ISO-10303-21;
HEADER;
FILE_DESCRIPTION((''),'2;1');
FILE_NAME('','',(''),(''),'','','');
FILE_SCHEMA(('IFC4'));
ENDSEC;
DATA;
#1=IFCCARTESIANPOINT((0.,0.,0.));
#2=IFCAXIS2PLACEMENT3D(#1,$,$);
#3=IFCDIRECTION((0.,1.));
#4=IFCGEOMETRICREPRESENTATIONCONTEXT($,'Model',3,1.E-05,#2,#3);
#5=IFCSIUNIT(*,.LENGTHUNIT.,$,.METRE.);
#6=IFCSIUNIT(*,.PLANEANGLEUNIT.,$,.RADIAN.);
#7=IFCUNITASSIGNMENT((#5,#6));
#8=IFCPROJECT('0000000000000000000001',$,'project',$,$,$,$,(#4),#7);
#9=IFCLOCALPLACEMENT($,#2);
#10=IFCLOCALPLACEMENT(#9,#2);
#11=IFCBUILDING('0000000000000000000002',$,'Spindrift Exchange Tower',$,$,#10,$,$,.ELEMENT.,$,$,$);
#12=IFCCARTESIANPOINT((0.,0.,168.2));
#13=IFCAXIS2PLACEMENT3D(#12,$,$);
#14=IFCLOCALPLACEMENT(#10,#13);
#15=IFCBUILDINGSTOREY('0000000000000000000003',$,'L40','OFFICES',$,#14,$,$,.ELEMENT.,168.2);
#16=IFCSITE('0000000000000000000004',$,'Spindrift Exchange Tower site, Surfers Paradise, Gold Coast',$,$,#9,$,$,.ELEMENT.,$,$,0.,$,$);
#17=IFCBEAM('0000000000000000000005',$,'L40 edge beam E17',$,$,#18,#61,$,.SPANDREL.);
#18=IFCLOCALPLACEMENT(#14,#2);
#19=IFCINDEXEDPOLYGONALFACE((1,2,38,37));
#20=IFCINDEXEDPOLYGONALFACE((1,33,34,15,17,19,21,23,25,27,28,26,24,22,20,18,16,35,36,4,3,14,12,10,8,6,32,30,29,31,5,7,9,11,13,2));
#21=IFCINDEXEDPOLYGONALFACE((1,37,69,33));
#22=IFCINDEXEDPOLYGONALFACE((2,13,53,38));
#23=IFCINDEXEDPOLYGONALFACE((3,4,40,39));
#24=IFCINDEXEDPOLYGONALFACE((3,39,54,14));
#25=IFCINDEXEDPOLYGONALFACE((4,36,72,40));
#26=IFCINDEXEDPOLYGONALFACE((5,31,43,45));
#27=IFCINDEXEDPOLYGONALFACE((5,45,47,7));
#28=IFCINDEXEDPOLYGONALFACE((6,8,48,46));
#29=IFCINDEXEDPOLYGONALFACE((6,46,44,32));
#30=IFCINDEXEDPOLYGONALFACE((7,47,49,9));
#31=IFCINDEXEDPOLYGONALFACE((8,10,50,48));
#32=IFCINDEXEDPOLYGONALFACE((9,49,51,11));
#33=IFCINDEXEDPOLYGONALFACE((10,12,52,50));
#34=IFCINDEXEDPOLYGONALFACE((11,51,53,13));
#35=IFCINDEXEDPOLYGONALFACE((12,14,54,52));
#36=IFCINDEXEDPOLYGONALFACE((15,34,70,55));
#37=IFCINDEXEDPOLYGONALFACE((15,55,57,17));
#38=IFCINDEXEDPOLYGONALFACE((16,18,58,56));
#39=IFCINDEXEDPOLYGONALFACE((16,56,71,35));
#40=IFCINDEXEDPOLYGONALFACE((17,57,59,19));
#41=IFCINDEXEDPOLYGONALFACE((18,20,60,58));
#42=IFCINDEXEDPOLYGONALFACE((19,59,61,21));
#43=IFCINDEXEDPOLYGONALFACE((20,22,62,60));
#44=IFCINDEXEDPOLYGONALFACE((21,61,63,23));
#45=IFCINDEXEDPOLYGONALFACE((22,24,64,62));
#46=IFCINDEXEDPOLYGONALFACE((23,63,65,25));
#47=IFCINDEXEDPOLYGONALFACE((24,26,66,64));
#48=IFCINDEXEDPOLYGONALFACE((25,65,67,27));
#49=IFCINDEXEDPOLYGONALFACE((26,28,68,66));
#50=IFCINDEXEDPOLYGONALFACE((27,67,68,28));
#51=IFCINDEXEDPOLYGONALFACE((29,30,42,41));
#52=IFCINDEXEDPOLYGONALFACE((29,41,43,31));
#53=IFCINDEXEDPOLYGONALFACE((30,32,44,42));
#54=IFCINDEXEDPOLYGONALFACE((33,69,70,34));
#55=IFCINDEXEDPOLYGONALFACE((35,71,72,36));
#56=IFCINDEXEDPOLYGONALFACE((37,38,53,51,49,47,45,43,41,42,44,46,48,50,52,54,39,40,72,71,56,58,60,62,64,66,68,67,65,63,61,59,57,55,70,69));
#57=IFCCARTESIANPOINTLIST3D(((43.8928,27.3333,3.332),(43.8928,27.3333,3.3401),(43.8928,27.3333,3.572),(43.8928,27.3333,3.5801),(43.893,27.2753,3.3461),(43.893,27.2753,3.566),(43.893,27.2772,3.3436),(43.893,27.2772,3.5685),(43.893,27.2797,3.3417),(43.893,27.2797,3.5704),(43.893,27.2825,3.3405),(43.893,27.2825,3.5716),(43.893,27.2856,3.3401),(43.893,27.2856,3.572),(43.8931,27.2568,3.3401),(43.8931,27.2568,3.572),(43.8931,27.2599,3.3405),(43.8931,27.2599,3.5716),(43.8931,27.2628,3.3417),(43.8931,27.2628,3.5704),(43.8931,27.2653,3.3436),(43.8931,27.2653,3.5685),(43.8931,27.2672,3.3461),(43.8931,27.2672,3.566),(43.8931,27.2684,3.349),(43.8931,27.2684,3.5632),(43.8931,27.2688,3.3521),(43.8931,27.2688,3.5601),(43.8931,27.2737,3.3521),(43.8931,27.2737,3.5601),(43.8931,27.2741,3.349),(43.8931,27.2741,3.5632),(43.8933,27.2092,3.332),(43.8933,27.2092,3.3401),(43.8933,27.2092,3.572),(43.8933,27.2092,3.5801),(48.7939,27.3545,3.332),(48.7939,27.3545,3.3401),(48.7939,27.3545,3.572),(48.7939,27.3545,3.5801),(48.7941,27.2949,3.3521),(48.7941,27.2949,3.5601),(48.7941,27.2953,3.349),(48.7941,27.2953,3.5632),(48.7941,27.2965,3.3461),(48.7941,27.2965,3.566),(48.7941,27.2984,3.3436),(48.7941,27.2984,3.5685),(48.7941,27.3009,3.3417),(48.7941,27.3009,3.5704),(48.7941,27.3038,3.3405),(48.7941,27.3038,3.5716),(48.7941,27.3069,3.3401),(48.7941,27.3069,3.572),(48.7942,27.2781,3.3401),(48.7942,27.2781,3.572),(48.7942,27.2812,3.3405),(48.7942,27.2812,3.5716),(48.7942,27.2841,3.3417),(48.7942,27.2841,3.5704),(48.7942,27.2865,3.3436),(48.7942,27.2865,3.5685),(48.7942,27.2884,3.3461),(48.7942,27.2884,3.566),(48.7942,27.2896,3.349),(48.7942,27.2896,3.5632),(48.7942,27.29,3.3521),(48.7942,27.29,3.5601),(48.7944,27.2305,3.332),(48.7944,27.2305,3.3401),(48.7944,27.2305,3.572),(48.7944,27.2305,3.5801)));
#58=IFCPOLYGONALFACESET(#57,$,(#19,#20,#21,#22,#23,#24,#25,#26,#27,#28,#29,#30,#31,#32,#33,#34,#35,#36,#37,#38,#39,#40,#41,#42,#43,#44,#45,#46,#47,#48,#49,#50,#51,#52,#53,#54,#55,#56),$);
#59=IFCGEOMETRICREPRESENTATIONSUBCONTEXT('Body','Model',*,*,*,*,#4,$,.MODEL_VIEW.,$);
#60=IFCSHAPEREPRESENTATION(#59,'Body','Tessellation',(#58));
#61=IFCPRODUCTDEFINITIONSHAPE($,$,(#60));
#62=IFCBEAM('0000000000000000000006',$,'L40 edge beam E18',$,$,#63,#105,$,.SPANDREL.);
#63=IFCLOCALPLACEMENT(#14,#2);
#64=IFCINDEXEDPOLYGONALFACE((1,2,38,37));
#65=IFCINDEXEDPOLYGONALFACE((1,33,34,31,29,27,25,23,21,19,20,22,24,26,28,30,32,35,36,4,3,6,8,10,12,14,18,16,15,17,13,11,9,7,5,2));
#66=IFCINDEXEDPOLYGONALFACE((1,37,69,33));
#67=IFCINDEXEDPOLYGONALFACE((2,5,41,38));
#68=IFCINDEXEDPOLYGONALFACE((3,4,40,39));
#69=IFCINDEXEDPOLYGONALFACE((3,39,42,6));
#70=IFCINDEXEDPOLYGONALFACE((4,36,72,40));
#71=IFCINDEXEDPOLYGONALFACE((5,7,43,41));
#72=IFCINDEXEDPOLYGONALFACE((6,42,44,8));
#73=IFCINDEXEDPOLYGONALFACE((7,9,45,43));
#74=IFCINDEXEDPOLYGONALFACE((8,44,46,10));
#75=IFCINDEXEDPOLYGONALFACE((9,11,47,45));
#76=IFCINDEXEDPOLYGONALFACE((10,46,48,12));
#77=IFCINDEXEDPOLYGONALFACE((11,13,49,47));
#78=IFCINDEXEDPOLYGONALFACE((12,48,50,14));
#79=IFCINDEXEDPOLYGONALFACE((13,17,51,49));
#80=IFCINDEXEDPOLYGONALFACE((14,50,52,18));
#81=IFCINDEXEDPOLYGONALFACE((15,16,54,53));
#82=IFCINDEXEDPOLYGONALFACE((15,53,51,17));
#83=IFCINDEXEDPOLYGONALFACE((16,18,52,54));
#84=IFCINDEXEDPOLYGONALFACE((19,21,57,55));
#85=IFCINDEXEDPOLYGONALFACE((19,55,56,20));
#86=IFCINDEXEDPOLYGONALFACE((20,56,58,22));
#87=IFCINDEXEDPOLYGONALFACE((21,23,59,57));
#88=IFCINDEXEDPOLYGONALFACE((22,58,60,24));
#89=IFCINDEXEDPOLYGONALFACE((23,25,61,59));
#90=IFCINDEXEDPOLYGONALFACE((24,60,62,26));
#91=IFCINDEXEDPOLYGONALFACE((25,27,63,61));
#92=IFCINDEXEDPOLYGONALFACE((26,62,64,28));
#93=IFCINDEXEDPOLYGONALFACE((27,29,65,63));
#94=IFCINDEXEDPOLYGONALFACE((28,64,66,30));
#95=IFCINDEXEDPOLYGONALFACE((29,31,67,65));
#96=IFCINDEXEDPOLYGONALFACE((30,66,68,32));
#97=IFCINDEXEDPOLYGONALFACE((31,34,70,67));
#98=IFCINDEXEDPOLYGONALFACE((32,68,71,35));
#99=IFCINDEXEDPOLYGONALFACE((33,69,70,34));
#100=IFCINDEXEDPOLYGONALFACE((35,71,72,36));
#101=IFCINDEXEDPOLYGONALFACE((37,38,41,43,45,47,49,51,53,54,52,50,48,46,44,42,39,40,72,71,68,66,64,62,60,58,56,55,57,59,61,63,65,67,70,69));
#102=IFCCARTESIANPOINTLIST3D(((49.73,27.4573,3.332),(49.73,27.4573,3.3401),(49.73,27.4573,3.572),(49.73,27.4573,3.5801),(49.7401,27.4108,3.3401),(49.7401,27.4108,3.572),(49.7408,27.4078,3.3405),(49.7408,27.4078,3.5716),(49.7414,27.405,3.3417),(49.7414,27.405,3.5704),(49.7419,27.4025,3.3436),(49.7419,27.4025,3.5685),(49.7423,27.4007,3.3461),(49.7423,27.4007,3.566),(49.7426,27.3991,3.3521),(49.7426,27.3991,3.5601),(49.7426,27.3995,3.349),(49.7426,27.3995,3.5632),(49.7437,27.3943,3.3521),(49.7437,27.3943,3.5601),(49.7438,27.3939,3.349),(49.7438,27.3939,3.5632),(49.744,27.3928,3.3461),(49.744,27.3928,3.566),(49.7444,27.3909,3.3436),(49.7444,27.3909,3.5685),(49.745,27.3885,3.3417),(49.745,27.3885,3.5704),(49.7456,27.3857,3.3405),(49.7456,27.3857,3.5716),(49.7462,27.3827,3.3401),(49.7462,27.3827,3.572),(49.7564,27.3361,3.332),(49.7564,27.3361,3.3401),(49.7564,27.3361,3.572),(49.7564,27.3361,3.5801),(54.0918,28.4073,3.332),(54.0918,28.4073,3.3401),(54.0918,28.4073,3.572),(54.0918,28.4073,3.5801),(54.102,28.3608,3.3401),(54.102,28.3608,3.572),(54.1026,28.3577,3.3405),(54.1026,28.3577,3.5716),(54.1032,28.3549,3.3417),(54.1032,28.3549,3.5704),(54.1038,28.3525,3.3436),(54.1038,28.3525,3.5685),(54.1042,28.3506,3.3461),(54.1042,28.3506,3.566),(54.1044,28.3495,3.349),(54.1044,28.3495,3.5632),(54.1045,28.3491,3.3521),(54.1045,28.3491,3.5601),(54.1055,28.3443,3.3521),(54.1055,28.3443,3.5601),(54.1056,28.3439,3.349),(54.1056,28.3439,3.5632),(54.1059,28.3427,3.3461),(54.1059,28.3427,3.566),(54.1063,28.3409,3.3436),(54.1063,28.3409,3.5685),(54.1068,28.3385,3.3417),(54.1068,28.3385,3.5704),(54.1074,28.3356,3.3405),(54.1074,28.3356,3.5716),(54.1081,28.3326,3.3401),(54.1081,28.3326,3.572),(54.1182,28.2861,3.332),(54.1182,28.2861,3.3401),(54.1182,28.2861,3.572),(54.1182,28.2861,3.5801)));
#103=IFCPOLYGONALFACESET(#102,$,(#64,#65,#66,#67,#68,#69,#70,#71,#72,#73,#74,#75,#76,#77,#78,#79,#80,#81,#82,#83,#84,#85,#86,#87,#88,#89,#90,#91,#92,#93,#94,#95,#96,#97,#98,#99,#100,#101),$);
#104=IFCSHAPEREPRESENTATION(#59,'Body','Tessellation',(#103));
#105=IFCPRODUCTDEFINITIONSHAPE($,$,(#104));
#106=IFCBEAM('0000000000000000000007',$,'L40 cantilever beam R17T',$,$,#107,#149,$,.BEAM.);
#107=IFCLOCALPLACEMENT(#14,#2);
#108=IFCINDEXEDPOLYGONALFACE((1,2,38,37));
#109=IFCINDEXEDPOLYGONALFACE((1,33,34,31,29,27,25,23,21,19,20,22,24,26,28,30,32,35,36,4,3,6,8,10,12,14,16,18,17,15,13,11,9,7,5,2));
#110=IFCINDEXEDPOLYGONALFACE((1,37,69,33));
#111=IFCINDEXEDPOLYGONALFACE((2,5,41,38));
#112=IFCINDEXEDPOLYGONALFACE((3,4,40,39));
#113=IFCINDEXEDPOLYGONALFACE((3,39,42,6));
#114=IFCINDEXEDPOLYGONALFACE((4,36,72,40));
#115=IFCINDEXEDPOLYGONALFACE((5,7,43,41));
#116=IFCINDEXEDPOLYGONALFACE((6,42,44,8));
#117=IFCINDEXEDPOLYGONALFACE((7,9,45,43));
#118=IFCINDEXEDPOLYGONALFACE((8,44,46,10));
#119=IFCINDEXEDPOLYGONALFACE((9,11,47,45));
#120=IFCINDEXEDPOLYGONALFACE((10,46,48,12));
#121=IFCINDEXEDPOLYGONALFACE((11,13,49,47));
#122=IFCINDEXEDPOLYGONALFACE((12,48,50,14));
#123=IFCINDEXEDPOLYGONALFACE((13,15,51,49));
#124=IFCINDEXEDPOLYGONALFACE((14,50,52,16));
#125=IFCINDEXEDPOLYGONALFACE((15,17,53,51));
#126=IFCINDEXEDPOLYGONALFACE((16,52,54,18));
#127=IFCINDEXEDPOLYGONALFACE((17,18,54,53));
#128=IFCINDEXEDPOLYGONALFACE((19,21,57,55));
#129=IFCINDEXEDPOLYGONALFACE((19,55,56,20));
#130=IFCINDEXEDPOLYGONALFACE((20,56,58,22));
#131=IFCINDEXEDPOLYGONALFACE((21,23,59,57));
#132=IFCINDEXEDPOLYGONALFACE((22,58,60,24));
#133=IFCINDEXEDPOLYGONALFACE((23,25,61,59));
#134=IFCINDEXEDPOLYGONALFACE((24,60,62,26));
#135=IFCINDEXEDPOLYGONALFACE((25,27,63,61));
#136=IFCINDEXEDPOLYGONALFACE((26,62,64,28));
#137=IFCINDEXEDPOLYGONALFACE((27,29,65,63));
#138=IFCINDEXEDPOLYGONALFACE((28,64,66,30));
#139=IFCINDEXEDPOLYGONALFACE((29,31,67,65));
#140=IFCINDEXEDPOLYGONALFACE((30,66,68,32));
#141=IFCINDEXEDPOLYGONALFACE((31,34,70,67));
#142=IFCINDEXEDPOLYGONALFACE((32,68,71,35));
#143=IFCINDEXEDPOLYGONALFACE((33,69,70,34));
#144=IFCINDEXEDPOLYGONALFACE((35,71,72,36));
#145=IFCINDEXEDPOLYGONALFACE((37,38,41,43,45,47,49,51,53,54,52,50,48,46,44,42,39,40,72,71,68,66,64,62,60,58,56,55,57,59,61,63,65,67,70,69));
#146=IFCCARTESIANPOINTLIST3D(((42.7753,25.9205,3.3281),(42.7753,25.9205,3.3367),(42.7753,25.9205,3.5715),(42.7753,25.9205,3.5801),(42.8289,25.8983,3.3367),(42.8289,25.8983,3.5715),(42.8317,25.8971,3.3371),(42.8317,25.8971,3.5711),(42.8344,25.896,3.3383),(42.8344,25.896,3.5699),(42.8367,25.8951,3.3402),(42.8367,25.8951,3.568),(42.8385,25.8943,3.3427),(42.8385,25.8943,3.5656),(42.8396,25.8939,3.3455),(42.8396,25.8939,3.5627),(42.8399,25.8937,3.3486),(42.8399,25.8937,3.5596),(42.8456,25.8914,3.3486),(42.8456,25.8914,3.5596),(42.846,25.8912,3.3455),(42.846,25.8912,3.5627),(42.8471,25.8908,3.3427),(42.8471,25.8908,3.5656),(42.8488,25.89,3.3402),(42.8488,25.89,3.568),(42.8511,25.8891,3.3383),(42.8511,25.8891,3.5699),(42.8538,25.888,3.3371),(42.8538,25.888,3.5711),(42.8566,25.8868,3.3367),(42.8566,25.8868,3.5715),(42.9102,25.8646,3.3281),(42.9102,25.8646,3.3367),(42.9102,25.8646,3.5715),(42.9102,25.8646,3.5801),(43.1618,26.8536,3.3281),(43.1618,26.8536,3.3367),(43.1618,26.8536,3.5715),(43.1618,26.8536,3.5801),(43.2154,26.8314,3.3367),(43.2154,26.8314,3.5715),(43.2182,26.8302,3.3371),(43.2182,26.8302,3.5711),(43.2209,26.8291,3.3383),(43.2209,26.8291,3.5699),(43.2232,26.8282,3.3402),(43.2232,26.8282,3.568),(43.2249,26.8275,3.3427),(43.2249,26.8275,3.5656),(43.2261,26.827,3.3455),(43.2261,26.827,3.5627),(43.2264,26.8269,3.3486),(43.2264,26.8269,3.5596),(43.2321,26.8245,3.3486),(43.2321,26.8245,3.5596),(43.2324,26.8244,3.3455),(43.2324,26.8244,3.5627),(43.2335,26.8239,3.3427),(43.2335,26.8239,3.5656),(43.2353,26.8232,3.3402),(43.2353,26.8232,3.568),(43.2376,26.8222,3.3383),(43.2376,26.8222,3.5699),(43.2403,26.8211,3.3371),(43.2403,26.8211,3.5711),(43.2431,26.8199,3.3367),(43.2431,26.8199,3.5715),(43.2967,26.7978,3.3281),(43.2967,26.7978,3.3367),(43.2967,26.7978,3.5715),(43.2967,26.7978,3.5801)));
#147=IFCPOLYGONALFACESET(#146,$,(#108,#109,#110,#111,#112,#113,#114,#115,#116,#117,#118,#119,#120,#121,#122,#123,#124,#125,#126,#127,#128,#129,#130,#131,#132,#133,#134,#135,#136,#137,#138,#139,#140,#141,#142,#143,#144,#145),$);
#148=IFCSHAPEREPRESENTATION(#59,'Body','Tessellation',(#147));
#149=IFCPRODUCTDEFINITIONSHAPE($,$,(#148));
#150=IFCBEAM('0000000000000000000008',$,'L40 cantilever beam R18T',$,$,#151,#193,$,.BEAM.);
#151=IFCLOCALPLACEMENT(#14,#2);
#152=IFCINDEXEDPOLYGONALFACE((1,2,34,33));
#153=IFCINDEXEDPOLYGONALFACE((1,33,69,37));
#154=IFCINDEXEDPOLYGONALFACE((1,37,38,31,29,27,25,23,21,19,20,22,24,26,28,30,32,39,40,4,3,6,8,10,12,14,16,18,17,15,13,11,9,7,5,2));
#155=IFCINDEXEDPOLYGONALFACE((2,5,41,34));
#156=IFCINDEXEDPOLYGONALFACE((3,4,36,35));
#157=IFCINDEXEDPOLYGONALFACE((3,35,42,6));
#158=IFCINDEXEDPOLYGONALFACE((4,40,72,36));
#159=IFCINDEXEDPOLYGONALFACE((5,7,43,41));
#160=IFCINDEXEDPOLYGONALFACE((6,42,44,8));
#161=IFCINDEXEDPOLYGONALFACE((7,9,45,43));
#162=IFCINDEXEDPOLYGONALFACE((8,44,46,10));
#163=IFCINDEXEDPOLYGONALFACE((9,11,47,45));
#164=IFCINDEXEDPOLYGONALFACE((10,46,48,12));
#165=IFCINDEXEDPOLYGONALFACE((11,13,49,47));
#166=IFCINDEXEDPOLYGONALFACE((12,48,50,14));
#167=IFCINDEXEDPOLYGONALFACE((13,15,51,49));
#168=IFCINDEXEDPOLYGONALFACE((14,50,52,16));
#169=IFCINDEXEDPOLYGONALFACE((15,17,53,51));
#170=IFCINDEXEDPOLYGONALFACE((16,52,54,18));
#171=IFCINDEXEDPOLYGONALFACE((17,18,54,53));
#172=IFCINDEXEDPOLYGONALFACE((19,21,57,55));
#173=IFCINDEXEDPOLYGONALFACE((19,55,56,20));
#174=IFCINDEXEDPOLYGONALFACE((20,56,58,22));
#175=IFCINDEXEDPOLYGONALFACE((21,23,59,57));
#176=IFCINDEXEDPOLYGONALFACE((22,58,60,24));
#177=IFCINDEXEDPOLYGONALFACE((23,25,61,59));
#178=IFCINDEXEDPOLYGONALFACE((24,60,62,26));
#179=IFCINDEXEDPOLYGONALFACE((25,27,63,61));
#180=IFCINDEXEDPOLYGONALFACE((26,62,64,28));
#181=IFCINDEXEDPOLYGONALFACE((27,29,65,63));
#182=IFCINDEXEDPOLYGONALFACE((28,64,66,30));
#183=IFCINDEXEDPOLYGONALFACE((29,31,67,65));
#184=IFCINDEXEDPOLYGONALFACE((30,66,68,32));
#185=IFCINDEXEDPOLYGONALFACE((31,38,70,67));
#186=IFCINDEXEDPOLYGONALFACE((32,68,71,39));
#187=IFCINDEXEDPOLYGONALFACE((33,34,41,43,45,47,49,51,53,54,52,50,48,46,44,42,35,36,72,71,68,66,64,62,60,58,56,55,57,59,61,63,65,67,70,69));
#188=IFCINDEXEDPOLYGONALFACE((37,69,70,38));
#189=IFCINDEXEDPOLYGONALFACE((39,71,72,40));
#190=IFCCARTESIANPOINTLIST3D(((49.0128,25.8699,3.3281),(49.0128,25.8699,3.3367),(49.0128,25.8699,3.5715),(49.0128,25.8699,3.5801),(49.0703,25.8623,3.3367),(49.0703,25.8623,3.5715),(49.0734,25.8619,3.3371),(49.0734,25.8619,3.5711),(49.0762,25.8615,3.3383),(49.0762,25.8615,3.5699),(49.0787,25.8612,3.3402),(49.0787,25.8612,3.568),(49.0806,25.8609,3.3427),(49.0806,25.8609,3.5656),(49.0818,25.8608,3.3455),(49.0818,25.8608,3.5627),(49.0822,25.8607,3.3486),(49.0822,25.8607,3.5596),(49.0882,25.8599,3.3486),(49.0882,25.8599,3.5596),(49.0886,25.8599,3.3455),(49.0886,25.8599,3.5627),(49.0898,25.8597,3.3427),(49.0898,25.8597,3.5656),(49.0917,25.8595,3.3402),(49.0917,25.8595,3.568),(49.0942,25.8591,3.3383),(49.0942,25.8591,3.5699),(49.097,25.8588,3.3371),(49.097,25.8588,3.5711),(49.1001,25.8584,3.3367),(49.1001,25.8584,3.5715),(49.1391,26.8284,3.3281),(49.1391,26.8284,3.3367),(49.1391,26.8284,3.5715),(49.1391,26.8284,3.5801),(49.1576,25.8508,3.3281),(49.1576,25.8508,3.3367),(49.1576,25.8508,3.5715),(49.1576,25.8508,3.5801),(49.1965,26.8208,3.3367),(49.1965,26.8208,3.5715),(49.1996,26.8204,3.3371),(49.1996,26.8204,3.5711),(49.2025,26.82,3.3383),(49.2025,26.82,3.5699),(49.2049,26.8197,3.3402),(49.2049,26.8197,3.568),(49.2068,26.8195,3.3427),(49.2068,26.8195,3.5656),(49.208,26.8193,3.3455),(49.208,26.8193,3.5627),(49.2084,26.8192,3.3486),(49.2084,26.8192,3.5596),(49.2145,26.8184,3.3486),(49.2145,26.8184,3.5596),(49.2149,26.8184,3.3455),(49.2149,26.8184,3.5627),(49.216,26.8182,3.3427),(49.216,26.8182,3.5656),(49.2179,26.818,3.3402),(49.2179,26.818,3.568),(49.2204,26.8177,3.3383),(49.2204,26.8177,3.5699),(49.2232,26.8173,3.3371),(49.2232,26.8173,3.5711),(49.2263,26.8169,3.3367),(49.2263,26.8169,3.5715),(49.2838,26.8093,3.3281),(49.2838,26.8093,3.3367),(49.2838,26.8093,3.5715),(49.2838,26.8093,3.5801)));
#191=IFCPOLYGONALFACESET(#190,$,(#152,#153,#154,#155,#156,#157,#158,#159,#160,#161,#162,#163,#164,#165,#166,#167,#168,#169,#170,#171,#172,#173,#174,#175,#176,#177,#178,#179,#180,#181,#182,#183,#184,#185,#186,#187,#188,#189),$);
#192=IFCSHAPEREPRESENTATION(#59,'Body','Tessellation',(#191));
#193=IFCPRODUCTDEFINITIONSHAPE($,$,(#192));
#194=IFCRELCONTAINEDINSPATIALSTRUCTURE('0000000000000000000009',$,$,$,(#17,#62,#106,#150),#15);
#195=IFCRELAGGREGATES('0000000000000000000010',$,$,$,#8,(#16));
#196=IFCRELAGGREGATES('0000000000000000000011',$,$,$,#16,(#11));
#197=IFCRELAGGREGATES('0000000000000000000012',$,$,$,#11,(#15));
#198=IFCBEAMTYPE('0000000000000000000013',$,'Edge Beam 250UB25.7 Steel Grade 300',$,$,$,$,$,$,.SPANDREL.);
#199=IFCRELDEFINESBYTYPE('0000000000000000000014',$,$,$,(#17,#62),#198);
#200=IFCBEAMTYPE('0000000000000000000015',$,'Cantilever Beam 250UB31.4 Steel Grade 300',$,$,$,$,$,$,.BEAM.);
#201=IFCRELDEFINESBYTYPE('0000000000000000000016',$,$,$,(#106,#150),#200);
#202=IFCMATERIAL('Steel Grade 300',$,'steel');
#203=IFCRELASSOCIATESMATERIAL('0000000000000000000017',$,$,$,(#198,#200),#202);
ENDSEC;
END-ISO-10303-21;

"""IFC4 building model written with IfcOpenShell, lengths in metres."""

from ifc_helpers import new_model, si_unit, direction, frame, origin, origin_2d, place, context, subcontext, project, spatial, i_section, extrude, source, transform, mapped, material, material_profile, profile_set, type_object, element, save


model = new_model("IFC4")

# Units and contexts
model_context = context("Model", 3, precision=1e-05, world=origin(), true_north=direction((0.0, 1.0)))
body_context = subcontext(model_context, "Body", "Model", "MODEL_VIEW")
ifc_project = project(units=[si_unit("LENGTHUNIT", "METRE"), si_unit("PLANEANGLEUNIT", "RADIAN")], contexts=[model_context])

# Site, building, storey
site_placement = place(None, origin())
site = spatial("IfcSite", under=ifc_project, at=site_placement, Name="Spindrift Exchange Tower site, Surfers Paradise, Gold Coast", CompositionType="ELEMENT", RefElevation=0.0)
building_placement = place(site_placement, origin())
building = spatial("IfcBuilding", under=site, at=building_placement, Name="Spindrift Exchange Tower", CompositionType="ELEMENT")
storey_placement = place(building_placement, frame((0.0, 0.0, 168.2)))
storey = spatial("IfcBuildingStorey", under=building, at=storey_placement, Name="L40", Description="OFFICES", CompositionType="ELEMENT", Elevation=168.2)

# Beams
ifc_material_1 = material(Name="Steel Grade 300", Category="steel")
ifc_material_profile_1 = material_profile(ifc_material_1, i_section(OverallWidth=0.124, OverallDepth=0.248, WebThickness=0.0049, FlangeThickness=0.0081, FilletRadius=0.012, at=origin_2d()), Name="250UB25.7")
ifc_profile_set_1 = profile_set([ifc_material_profile_1], Name="Steel Grade 300")
beam_type_1 = type_object("IfcBeamType", Name="Edge Beam 250UB25.7 Steel Grade 300", PredefinedType="SPANDREL", material=ifc_profile_set_1)
shared_shape_1 = source(origin(), body_context, "Body", "SweptSolid", [
    extrude(i_section(OverallWidth=0.124, OverallDepth=0.248, WebThickness=0.0049, FlangeThickness=0.0081, FilletRadius=0.012, at=origin_2d()), origin(), (0.0, 0.0, 1.0), 4.9011),
])
beam_1_placement = place(storey_placement, frame((43.8931, 27.2712, 3.4561), z_axis=(0.999991, 0.004334, 0.0), x_axis=(-0.004334, 0.999991, 0.0)))
element("IfcBeam", 1, at=beam_1_placement, inside=storey, type_object=beam_type_1, Name="L40 edge beam E17", PredefinedType="SPANDREL", context=body_context, shape_type="MappedRepresentation", body=[
    mapped(shared_shape_1, transform((0.0, 0.0, 0.0), scale=1.0)),
])
shared_shape_2 = source(origin(), body_context, "Body", "SweptSolid", [
    extrude(i_section(OverallWidth=0.124, OverallDepth=0.248, WebThickness=0.0049, FlangeThickness=0.0081, FilletRadius=0.012, at=origin_2d()), origin(), (0.0, 0.0, 1.0), 4.4641),
])
beam_2_placement = place(storey_placement, frame((49.7432, 27.3967, 3.4561), z_axis=(0.977096, 0.2128, 0.0), x_axis=(-0.2128, 0.977096, 0.0)))
element("IfcBeam", 2, at=beam_2_placement, inside=storey, type_object=beam_type_1, Name="L40 edge beam E18", PredefinedType="SPANDREL", context=body_context, shape_type="MappedRepresentation", body=[
    mapped(shared_shape_2, transform((0.0, 0.0, 0.0), scale=1.0)),
])
ifc_material_profile_2 = material_profile(ifc_material_1, i_section(OverallWidth=0.146, OverallDepth=0.252, WebThickness=0.0061, FlangeThickness=0.0085, FilletRadius=0.012, at=origin_2d()), Name="250UB31.4")
ifc_profile_set_2 = profile_set([ifc_material_profile_2], Name="Steel Grade 300")
beam_type_2 = type_object("IfcBeamType", Name="Cantilever Beam 250UB31.4 Steel Grade 300", PredefinedType="BEAM", material=ifc_profile_set_2)
shared_shape_3 = source(origin(), body_context, "Body", "SweptSolid", [
    extrude(i_section(OverallWidth=0.146, OverallDepth=0.252, WebThickness=0.0061, FlangeThickness=0.0085, FilletRadius=0.012, at=origin_2d()), origin(), (0.0, 0.0, 1.0), 1.01),
])
beam_3_placement = place(storey_placement, frame((43.2292, 26.8257, 3.4541), z_axis=(-0.382658, -0.92389, 0.0), x_axis=(0.92389, -0.382658, 0.0)))
element("IfcBeam", 3, at=beam_3_placement, inside=storey, type_object=beam_type_2, Name="L40 cantilever beam R17T", PredefinedType="BEAM", context=body_context, shape_type="MappedRepresentation", body=[
    mapped(shared_shape_3, transform((0.0, 0.0, 0.0), scale=1.0)),
])
shared_shape_4 = source(origin(), body_context, "Body", "SweptSolid", [
    extrude(i_section(OverallWidth=0.146, OverallDepth=0.252, WebThickness=0.0061, FlangeThickness=0.0085, FilletRadius=0.012, at=origin_2d()), origin(), (0.0, 0.0, 1.0), 0.9668),
])
beam_4_placement = place(storey_placement, frame((49.2114, 26.8188, 3.4541), z_axis=(-0.130559, -0.991441, 0.0), x_axis=(0.991441, -0.130559, 0.0)))
element("IfcBeam", 4, at=beam_4_placement, inside=storey, type_object=beam_type_2, Name="L40 cantilever beam R18T", PredefinedType="BEAM", context=body_context, shape_type="MappedRepresentation", body=[
    mapped(shared_shape_4, transform((0.0, 0.0, 0.0), scale=1.0)),
])

save(model, "model.ifc")
